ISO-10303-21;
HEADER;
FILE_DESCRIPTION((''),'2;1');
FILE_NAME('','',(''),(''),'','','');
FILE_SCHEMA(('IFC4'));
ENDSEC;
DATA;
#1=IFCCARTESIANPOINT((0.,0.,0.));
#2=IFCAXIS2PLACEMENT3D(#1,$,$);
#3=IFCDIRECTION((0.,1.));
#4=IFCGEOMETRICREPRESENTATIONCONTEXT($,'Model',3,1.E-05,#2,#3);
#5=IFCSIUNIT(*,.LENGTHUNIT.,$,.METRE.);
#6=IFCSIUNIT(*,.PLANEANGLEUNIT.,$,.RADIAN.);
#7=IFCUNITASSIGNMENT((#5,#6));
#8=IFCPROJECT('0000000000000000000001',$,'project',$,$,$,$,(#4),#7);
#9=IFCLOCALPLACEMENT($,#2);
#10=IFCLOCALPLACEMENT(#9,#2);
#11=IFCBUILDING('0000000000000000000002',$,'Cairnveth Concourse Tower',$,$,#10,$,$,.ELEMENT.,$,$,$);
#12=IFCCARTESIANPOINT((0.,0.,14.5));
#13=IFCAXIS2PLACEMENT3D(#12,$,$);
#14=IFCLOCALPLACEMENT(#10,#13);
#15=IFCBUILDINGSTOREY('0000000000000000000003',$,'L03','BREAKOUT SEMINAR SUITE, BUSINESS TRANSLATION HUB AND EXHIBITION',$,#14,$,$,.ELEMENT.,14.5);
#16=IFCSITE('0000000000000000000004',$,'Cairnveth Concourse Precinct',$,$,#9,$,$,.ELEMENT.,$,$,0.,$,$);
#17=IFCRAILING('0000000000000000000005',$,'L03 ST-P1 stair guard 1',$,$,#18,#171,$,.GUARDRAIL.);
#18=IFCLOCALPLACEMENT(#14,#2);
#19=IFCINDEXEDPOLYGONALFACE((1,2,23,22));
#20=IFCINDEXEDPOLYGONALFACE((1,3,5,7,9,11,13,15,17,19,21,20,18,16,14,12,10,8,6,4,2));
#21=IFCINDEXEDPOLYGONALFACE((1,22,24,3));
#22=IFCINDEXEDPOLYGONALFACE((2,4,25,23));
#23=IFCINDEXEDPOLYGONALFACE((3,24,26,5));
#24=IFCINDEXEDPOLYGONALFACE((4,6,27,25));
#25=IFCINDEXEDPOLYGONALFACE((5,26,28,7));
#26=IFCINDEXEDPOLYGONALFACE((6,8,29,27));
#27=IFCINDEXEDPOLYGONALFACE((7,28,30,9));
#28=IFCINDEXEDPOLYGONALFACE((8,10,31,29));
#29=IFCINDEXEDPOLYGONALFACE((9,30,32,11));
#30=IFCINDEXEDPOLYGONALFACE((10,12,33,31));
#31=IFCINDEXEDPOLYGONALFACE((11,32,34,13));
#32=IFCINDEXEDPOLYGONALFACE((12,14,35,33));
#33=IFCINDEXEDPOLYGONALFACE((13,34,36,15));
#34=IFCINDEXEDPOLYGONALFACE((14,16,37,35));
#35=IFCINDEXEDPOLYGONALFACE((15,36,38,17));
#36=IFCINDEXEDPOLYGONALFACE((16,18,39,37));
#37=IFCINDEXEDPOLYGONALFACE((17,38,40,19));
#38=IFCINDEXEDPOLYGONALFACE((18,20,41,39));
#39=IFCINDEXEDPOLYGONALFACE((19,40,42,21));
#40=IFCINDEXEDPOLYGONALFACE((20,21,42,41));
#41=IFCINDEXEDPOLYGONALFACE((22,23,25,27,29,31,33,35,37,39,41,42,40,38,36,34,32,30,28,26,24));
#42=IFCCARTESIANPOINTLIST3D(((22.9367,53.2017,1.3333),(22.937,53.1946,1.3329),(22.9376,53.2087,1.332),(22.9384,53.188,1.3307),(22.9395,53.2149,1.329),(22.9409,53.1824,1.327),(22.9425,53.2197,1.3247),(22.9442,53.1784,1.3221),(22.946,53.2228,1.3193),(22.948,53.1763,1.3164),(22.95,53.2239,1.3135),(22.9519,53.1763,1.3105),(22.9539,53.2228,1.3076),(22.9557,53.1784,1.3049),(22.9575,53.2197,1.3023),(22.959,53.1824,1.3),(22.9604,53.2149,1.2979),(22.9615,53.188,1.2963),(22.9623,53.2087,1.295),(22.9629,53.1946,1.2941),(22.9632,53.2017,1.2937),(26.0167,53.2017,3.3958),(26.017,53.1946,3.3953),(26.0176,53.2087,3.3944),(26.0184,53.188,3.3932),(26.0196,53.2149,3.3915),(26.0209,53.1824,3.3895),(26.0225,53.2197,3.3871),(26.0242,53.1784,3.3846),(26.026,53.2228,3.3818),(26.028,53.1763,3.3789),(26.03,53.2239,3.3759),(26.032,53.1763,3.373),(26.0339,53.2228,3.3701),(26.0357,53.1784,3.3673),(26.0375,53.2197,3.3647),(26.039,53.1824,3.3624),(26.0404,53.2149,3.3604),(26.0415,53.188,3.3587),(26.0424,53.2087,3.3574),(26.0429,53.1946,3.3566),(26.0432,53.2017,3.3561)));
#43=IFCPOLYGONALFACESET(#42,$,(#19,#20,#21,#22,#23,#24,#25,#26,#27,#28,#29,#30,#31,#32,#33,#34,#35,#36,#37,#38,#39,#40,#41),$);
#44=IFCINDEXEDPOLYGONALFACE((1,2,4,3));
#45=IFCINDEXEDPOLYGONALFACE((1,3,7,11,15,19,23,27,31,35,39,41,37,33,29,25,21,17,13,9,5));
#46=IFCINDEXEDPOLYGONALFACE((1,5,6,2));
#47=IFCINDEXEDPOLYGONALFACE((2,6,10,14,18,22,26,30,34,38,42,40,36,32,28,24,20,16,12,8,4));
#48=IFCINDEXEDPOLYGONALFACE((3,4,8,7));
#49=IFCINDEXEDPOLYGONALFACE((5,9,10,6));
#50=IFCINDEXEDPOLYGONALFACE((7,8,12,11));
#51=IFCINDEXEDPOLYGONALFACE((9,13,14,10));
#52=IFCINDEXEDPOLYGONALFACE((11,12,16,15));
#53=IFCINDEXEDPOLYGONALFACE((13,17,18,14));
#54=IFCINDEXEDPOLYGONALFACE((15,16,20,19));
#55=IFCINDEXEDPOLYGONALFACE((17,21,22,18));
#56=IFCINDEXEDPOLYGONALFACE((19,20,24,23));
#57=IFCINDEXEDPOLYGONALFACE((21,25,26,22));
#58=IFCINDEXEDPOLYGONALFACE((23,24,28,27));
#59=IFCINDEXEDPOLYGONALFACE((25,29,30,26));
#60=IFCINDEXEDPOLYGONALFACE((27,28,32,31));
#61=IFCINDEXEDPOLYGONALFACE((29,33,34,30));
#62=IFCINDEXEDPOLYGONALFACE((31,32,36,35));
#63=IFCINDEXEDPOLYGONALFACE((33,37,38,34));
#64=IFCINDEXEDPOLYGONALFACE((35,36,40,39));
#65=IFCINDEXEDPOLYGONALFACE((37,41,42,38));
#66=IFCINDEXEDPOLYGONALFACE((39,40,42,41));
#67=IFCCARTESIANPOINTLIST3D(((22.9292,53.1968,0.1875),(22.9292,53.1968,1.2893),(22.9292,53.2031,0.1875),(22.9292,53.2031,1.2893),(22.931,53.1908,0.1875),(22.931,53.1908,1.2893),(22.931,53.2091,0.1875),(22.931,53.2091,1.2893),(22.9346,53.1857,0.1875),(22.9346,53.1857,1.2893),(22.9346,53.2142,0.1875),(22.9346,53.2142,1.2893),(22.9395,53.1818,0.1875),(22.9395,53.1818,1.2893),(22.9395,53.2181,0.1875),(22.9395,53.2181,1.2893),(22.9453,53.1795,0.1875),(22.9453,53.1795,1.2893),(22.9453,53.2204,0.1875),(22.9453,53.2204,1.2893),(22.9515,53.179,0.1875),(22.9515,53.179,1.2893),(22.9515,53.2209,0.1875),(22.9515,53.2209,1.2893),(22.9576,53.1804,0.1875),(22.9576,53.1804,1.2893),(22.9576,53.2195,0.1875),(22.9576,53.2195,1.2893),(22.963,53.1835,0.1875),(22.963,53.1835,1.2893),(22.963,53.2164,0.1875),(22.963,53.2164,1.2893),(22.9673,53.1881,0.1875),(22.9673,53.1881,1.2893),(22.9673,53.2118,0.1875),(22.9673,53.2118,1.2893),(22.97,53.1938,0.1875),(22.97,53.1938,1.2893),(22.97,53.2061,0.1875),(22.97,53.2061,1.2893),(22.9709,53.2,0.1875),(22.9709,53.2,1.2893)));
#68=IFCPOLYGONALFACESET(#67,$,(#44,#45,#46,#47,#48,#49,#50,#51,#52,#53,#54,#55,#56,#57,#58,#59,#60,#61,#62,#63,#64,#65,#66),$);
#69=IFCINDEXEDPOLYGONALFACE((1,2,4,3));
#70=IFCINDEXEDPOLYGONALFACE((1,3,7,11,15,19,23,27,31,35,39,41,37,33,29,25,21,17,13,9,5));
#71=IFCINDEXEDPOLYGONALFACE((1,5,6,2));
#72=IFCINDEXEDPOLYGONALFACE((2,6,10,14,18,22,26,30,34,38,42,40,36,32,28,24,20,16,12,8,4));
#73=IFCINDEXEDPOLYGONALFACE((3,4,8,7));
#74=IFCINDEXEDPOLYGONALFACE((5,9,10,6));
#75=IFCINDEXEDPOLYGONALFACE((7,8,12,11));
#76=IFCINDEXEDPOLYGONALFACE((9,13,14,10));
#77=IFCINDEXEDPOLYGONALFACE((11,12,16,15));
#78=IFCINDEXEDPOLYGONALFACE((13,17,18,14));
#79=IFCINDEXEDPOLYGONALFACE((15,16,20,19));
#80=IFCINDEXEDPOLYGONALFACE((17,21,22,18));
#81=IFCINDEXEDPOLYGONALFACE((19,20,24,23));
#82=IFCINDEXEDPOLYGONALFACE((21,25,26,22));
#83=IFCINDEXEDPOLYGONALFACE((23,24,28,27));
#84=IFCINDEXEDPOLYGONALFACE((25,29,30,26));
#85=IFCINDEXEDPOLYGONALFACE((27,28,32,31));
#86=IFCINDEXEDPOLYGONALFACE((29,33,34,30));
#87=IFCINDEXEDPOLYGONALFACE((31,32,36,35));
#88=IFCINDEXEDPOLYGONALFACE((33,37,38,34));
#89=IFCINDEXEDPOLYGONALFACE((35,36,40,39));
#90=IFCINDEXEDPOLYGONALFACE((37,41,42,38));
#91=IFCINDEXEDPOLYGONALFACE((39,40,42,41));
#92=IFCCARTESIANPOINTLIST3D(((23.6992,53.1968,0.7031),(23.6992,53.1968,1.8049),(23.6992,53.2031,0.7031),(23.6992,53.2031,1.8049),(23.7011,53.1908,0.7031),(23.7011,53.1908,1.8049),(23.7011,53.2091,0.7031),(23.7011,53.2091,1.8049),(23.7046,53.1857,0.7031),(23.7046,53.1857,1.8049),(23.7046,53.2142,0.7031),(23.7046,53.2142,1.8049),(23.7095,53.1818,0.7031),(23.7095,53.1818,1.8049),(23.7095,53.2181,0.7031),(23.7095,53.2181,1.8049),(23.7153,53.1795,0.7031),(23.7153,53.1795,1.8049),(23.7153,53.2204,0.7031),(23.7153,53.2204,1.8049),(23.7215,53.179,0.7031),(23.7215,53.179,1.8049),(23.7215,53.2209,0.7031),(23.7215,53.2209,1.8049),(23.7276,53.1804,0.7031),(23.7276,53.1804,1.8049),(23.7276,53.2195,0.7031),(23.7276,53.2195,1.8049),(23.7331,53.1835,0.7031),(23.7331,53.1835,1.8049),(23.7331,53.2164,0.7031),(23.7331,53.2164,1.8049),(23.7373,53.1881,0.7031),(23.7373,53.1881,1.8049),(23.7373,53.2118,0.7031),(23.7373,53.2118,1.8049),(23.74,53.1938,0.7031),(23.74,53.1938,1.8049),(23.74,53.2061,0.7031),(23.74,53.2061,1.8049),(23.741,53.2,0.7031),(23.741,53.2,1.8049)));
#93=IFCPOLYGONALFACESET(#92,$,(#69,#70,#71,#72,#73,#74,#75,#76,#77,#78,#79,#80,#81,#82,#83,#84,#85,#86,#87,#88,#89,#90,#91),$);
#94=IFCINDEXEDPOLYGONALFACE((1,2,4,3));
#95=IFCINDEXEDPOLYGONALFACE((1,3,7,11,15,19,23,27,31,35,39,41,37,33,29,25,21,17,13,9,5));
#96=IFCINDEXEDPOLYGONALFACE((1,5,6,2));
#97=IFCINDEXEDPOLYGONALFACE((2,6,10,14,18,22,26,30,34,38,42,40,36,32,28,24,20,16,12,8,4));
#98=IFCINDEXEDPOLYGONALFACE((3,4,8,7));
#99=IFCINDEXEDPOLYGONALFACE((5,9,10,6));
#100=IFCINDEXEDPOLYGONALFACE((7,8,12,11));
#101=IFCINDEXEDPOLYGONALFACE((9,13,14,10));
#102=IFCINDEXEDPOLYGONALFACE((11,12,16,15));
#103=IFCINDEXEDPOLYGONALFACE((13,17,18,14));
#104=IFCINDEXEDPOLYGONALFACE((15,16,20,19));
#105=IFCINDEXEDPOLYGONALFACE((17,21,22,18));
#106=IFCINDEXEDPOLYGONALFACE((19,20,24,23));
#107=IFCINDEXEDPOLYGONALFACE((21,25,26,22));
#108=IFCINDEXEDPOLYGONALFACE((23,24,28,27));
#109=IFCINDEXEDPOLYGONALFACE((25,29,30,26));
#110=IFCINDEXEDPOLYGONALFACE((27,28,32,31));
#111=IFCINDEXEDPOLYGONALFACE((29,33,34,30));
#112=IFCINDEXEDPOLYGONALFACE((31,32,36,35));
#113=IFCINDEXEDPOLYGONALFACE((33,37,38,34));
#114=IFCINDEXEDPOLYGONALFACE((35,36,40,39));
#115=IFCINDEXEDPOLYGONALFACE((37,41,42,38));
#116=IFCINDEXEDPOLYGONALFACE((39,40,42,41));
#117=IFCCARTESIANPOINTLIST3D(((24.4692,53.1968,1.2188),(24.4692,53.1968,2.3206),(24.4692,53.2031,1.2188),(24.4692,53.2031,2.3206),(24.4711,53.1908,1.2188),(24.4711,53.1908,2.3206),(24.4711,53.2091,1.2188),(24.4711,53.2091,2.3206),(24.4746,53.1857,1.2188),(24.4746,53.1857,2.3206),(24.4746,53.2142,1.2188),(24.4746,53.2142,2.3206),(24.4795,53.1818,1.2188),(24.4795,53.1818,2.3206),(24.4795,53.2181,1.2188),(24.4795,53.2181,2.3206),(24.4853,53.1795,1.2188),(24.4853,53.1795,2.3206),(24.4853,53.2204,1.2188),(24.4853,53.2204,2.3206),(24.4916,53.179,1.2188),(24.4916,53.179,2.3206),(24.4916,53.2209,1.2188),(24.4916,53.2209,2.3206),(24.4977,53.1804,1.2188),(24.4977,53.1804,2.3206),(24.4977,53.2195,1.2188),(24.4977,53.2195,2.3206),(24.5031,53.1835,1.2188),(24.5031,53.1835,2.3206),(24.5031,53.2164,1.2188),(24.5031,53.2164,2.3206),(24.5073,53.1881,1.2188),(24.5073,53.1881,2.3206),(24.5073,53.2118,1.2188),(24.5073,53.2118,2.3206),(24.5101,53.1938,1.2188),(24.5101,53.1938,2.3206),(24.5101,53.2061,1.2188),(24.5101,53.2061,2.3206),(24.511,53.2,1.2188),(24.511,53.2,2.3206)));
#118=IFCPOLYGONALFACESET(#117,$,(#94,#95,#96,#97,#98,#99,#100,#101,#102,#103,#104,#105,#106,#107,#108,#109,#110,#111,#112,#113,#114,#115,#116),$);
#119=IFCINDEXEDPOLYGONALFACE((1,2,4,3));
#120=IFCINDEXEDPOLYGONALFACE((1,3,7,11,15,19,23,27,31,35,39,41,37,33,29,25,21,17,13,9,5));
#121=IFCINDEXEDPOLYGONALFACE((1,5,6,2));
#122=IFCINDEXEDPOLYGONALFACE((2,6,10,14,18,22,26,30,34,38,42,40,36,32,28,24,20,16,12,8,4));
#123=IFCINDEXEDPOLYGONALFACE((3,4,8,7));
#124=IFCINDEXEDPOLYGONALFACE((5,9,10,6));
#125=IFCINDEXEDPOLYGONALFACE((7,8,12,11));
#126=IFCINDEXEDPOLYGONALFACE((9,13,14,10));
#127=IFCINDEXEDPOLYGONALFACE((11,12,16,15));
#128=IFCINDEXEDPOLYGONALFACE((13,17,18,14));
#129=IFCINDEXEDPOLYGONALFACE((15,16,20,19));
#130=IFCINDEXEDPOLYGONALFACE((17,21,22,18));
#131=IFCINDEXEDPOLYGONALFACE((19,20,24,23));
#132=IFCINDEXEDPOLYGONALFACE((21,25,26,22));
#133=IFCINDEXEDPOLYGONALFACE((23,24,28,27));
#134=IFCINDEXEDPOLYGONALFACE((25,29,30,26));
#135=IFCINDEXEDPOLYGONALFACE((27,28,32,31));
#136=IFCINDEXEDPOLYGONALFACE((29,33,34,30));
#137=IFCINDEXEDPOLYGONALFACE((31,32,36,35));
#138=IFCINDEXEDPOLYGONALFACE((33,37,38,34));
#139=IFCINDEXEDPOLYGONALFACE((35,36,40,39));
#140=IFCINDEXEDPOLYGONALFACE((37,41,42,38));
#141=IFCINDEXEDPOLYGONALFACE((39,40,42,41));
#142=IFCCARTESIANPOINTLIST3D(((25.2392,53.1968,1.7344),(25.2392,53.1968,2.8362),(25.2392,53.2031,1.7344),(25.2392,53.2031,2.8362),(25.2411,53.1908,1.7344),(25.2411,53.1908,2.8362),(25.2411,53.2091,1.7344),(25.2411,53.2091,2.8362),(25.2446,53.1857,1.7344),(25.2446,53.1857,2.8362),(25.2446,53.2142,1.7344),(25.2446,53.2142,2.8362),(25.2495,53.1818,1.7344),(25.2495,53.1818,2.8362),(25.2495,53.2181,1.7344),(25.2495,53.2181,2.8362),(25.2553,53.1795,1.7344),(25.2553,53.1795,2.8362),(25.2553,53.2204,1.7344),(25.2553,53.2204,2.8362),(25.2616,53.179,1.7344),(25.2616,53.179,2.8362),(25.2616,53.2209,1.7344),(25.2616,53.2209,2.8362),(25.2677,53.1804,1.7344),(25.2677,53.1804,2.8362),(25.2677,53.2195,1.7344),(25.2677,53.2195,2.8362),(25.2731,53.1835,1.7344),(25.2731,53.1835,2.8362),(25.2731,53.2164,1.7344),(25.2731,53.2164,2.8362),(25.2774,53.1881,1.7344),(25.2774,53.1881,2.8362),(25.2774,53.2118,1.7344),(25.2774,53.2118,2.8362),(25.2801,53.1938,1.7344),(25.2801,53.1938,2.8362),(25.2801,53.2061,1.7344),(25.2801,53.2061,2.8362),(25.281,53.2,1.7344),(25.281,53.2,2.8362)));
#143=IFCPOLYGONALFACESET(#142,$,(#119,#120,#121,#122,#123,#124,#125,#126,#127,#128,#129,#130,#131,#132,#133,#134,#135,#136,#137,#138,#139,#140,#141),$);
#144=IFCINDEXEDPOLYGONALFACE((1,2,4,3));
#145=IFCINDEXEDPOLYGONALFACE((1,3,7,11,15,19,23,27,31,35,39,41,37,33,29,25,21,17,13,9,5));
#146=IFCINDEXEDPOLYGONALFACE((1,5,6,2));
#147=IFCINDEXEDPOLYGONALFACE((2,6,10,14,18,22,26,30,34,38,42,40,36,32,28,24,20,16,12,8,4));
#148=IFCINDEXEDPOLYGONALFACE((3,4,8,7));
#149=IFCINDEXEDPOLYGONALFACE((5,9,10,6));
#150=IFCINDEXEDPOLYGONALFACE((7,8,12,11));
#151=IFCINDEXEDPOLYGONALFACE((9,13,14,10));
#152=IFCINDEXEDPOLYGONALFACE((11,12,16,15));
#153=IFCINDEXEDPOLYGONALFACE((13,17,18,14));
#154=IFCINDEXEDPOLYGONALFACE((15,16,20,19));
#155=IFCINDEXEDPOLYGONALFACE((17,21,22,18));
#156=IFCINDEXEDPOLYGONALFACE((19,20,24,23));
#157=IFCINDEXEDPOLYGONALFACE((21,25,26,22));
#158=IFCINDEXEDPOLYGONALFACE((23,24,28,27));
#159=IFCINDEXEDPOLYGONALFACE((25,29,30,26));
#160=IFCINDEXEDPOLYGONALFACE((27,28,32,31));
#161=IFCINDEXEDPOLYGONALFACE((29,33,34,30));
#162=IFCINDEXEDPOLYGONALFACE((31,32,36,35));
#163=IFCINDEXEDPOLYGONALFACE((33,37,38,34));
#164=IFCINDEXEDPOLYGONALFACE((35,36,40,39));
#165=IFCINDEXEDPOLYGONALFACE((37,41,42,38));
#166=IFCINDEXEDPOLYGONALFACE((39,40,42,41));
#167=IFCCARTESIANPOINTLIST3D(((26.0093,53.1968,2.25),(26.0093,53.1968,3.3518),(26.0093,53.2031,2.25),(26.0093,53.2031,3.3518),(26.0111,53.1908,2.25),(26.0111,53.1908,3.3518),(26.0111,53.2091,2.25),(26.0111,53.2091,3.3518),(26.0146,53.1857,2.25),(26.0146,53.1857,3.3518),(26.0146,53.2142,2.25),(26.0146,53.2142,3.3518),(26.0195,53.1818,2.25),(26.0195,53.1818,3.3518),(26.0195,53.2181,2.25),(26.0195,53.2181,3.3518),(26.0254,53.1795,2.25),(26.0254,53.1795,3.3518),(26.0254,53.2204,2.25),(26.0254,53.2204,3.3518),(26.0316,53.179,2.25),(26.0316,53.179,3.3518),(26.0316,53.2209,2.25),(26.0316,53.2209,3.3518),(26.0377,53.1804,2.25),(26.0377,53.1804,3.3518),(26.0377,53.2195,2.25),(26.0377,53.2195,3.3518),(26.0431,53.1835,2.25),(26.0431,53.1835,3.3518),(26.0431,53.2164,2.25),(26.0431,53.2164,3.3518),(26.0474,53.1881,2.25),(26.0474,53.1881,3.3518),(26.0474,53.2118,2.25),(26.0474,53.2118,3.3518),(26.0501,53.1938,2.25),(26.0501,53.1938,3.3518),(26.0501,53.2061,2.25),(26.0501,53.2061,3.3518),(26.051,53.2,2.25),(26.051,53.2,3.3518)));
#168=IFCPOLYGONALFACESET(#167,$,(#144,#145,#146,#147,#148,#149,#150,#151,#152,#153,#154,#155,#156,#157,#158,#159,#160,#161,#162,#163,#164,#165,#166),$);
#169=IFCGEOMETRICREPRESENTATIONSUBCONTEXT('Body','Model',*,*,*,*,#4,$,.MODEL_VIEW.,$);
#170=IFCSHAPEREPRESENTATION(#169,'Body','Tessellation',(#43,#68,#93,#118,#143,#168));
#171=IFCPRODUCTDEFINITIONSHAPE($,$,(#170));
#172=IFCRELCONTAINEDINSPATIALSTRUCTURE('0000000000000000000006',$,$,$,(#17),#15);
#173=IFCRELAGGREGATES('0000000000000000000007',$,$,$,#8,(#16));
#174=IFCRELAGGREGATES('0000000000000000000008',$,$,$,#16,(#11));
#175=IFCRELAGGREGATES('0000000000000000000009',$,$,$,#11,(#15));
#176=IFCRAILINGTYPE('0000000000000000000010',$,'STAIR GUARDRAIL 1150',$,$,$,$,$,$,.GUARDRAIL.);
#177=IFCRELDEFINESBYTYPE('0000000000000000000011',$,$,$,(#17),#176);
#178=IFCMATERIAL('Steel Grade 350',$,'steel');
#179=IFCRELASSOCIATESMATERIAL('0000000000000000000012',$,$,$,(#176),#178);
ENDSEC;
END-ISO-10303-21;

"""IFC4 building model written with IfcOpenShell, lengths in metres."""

from ifc_helpers import new_model, si_unit, direction, frame, origin, origin_2d, place, context, subcontext, project, spatial, circle, extrude, material, type_object, element, save


model = new_model("IFC4")

# Units and contexts
model_context = context("Model", 3, precision=1e-05, world=origin(), true_north=direction((0.0, 1.0)))
body_context = subcontext(model_context, "Body", "Model", "MODEL_VIEW")
ifc_project = project(units=[si_unit("LENGTHUNIT", "METRE"), si_unit("PLANEANGLEUNIT", "RADIAN")], contexts=[model_context])

# Site, building, storey
site_placement = place(None, origin())
site = spatial("IfcSite", under=ifc_project, at=site_placement, Name="Cairnveth Concourse Precinct", CompositionType="ELEMENT", RefElevation=0.0)
building_placement = place(site_placement, origin())
building = spatial("IfcBuilding", under=site, at=building_placement, Name="Cairnveth Concourse Tower", CompositionType="ELEMENT")
storey_placement = place(building_placement, frame((0.0, 0.0, 14.5)))
storey = spatial("IfcBuildingStorey", under=building, at=storey_placement, Name="L03", Description="BREAKOUT SEMINAR SUITE, BUSINESS TRANSLATION HUB AND EXHIBITION", CompositionType="ELEMENT", Elevation=14.5)

# Shared definitions
ifc_material_1 = material(Name="Steel Grade 350", Category="steel")

# Railing
railing_type_1 = type_object("IfcRailingType", Name="STAIR GUARDRAIL 1150", PredefinedType="GUARDRAIL", material=ifc_material_1)
railing_1_placement = place(storey_placement, frame((22.95, 53.2, 0.1875)))
element("IfcRailing", 1, at=railing_1_placement, inside=storey, type_object=railing_type_1, Name="L03 ST-P1 stair guard 1", PredefinedType="GUARDRAIL", context=body_context, shape_type="SweptSolid", body=[
    extrude(circle(Radius=0.0239, at=origin_2d()), frame((0.0, 0.0, 1.126), z_axis=(0.830914, 0.0, 0.556401), x_axis=(0.0, 1.0, 0.0)), (0.0, 0.0, 1.0), 3.7068),
    extrude(circle(Radius=0.021, at=origin_2d()), origin(), (0.0, 0.0, 1.0), 1.1018),
    extrude(circle(Radius=0.021, at=origin_2d()), frame((0.77, 0.0, 0.5156)), (0.0, 0.0, 1.0), 1.1018),
    extrude(circle(Radius=0.021, at=origin_2d()), frame((1.54, 0.0, 1.0312)), (0.0, 0.0, 1.0), 1.1018),
    extrude(circle(Radius=0.021, at=origin_2d()), frame((2.3101, 0.0, 1.5469)), (0.0, 0.0, 1.0), 1.1018),
    extrude(circle(Radius=0.021, at=origin_2d()), frame((3.0801, 0.0, 2.0625)), (0.0, 0.0, 1.0), 1.1018),
])

save(model, "model.ifc")
